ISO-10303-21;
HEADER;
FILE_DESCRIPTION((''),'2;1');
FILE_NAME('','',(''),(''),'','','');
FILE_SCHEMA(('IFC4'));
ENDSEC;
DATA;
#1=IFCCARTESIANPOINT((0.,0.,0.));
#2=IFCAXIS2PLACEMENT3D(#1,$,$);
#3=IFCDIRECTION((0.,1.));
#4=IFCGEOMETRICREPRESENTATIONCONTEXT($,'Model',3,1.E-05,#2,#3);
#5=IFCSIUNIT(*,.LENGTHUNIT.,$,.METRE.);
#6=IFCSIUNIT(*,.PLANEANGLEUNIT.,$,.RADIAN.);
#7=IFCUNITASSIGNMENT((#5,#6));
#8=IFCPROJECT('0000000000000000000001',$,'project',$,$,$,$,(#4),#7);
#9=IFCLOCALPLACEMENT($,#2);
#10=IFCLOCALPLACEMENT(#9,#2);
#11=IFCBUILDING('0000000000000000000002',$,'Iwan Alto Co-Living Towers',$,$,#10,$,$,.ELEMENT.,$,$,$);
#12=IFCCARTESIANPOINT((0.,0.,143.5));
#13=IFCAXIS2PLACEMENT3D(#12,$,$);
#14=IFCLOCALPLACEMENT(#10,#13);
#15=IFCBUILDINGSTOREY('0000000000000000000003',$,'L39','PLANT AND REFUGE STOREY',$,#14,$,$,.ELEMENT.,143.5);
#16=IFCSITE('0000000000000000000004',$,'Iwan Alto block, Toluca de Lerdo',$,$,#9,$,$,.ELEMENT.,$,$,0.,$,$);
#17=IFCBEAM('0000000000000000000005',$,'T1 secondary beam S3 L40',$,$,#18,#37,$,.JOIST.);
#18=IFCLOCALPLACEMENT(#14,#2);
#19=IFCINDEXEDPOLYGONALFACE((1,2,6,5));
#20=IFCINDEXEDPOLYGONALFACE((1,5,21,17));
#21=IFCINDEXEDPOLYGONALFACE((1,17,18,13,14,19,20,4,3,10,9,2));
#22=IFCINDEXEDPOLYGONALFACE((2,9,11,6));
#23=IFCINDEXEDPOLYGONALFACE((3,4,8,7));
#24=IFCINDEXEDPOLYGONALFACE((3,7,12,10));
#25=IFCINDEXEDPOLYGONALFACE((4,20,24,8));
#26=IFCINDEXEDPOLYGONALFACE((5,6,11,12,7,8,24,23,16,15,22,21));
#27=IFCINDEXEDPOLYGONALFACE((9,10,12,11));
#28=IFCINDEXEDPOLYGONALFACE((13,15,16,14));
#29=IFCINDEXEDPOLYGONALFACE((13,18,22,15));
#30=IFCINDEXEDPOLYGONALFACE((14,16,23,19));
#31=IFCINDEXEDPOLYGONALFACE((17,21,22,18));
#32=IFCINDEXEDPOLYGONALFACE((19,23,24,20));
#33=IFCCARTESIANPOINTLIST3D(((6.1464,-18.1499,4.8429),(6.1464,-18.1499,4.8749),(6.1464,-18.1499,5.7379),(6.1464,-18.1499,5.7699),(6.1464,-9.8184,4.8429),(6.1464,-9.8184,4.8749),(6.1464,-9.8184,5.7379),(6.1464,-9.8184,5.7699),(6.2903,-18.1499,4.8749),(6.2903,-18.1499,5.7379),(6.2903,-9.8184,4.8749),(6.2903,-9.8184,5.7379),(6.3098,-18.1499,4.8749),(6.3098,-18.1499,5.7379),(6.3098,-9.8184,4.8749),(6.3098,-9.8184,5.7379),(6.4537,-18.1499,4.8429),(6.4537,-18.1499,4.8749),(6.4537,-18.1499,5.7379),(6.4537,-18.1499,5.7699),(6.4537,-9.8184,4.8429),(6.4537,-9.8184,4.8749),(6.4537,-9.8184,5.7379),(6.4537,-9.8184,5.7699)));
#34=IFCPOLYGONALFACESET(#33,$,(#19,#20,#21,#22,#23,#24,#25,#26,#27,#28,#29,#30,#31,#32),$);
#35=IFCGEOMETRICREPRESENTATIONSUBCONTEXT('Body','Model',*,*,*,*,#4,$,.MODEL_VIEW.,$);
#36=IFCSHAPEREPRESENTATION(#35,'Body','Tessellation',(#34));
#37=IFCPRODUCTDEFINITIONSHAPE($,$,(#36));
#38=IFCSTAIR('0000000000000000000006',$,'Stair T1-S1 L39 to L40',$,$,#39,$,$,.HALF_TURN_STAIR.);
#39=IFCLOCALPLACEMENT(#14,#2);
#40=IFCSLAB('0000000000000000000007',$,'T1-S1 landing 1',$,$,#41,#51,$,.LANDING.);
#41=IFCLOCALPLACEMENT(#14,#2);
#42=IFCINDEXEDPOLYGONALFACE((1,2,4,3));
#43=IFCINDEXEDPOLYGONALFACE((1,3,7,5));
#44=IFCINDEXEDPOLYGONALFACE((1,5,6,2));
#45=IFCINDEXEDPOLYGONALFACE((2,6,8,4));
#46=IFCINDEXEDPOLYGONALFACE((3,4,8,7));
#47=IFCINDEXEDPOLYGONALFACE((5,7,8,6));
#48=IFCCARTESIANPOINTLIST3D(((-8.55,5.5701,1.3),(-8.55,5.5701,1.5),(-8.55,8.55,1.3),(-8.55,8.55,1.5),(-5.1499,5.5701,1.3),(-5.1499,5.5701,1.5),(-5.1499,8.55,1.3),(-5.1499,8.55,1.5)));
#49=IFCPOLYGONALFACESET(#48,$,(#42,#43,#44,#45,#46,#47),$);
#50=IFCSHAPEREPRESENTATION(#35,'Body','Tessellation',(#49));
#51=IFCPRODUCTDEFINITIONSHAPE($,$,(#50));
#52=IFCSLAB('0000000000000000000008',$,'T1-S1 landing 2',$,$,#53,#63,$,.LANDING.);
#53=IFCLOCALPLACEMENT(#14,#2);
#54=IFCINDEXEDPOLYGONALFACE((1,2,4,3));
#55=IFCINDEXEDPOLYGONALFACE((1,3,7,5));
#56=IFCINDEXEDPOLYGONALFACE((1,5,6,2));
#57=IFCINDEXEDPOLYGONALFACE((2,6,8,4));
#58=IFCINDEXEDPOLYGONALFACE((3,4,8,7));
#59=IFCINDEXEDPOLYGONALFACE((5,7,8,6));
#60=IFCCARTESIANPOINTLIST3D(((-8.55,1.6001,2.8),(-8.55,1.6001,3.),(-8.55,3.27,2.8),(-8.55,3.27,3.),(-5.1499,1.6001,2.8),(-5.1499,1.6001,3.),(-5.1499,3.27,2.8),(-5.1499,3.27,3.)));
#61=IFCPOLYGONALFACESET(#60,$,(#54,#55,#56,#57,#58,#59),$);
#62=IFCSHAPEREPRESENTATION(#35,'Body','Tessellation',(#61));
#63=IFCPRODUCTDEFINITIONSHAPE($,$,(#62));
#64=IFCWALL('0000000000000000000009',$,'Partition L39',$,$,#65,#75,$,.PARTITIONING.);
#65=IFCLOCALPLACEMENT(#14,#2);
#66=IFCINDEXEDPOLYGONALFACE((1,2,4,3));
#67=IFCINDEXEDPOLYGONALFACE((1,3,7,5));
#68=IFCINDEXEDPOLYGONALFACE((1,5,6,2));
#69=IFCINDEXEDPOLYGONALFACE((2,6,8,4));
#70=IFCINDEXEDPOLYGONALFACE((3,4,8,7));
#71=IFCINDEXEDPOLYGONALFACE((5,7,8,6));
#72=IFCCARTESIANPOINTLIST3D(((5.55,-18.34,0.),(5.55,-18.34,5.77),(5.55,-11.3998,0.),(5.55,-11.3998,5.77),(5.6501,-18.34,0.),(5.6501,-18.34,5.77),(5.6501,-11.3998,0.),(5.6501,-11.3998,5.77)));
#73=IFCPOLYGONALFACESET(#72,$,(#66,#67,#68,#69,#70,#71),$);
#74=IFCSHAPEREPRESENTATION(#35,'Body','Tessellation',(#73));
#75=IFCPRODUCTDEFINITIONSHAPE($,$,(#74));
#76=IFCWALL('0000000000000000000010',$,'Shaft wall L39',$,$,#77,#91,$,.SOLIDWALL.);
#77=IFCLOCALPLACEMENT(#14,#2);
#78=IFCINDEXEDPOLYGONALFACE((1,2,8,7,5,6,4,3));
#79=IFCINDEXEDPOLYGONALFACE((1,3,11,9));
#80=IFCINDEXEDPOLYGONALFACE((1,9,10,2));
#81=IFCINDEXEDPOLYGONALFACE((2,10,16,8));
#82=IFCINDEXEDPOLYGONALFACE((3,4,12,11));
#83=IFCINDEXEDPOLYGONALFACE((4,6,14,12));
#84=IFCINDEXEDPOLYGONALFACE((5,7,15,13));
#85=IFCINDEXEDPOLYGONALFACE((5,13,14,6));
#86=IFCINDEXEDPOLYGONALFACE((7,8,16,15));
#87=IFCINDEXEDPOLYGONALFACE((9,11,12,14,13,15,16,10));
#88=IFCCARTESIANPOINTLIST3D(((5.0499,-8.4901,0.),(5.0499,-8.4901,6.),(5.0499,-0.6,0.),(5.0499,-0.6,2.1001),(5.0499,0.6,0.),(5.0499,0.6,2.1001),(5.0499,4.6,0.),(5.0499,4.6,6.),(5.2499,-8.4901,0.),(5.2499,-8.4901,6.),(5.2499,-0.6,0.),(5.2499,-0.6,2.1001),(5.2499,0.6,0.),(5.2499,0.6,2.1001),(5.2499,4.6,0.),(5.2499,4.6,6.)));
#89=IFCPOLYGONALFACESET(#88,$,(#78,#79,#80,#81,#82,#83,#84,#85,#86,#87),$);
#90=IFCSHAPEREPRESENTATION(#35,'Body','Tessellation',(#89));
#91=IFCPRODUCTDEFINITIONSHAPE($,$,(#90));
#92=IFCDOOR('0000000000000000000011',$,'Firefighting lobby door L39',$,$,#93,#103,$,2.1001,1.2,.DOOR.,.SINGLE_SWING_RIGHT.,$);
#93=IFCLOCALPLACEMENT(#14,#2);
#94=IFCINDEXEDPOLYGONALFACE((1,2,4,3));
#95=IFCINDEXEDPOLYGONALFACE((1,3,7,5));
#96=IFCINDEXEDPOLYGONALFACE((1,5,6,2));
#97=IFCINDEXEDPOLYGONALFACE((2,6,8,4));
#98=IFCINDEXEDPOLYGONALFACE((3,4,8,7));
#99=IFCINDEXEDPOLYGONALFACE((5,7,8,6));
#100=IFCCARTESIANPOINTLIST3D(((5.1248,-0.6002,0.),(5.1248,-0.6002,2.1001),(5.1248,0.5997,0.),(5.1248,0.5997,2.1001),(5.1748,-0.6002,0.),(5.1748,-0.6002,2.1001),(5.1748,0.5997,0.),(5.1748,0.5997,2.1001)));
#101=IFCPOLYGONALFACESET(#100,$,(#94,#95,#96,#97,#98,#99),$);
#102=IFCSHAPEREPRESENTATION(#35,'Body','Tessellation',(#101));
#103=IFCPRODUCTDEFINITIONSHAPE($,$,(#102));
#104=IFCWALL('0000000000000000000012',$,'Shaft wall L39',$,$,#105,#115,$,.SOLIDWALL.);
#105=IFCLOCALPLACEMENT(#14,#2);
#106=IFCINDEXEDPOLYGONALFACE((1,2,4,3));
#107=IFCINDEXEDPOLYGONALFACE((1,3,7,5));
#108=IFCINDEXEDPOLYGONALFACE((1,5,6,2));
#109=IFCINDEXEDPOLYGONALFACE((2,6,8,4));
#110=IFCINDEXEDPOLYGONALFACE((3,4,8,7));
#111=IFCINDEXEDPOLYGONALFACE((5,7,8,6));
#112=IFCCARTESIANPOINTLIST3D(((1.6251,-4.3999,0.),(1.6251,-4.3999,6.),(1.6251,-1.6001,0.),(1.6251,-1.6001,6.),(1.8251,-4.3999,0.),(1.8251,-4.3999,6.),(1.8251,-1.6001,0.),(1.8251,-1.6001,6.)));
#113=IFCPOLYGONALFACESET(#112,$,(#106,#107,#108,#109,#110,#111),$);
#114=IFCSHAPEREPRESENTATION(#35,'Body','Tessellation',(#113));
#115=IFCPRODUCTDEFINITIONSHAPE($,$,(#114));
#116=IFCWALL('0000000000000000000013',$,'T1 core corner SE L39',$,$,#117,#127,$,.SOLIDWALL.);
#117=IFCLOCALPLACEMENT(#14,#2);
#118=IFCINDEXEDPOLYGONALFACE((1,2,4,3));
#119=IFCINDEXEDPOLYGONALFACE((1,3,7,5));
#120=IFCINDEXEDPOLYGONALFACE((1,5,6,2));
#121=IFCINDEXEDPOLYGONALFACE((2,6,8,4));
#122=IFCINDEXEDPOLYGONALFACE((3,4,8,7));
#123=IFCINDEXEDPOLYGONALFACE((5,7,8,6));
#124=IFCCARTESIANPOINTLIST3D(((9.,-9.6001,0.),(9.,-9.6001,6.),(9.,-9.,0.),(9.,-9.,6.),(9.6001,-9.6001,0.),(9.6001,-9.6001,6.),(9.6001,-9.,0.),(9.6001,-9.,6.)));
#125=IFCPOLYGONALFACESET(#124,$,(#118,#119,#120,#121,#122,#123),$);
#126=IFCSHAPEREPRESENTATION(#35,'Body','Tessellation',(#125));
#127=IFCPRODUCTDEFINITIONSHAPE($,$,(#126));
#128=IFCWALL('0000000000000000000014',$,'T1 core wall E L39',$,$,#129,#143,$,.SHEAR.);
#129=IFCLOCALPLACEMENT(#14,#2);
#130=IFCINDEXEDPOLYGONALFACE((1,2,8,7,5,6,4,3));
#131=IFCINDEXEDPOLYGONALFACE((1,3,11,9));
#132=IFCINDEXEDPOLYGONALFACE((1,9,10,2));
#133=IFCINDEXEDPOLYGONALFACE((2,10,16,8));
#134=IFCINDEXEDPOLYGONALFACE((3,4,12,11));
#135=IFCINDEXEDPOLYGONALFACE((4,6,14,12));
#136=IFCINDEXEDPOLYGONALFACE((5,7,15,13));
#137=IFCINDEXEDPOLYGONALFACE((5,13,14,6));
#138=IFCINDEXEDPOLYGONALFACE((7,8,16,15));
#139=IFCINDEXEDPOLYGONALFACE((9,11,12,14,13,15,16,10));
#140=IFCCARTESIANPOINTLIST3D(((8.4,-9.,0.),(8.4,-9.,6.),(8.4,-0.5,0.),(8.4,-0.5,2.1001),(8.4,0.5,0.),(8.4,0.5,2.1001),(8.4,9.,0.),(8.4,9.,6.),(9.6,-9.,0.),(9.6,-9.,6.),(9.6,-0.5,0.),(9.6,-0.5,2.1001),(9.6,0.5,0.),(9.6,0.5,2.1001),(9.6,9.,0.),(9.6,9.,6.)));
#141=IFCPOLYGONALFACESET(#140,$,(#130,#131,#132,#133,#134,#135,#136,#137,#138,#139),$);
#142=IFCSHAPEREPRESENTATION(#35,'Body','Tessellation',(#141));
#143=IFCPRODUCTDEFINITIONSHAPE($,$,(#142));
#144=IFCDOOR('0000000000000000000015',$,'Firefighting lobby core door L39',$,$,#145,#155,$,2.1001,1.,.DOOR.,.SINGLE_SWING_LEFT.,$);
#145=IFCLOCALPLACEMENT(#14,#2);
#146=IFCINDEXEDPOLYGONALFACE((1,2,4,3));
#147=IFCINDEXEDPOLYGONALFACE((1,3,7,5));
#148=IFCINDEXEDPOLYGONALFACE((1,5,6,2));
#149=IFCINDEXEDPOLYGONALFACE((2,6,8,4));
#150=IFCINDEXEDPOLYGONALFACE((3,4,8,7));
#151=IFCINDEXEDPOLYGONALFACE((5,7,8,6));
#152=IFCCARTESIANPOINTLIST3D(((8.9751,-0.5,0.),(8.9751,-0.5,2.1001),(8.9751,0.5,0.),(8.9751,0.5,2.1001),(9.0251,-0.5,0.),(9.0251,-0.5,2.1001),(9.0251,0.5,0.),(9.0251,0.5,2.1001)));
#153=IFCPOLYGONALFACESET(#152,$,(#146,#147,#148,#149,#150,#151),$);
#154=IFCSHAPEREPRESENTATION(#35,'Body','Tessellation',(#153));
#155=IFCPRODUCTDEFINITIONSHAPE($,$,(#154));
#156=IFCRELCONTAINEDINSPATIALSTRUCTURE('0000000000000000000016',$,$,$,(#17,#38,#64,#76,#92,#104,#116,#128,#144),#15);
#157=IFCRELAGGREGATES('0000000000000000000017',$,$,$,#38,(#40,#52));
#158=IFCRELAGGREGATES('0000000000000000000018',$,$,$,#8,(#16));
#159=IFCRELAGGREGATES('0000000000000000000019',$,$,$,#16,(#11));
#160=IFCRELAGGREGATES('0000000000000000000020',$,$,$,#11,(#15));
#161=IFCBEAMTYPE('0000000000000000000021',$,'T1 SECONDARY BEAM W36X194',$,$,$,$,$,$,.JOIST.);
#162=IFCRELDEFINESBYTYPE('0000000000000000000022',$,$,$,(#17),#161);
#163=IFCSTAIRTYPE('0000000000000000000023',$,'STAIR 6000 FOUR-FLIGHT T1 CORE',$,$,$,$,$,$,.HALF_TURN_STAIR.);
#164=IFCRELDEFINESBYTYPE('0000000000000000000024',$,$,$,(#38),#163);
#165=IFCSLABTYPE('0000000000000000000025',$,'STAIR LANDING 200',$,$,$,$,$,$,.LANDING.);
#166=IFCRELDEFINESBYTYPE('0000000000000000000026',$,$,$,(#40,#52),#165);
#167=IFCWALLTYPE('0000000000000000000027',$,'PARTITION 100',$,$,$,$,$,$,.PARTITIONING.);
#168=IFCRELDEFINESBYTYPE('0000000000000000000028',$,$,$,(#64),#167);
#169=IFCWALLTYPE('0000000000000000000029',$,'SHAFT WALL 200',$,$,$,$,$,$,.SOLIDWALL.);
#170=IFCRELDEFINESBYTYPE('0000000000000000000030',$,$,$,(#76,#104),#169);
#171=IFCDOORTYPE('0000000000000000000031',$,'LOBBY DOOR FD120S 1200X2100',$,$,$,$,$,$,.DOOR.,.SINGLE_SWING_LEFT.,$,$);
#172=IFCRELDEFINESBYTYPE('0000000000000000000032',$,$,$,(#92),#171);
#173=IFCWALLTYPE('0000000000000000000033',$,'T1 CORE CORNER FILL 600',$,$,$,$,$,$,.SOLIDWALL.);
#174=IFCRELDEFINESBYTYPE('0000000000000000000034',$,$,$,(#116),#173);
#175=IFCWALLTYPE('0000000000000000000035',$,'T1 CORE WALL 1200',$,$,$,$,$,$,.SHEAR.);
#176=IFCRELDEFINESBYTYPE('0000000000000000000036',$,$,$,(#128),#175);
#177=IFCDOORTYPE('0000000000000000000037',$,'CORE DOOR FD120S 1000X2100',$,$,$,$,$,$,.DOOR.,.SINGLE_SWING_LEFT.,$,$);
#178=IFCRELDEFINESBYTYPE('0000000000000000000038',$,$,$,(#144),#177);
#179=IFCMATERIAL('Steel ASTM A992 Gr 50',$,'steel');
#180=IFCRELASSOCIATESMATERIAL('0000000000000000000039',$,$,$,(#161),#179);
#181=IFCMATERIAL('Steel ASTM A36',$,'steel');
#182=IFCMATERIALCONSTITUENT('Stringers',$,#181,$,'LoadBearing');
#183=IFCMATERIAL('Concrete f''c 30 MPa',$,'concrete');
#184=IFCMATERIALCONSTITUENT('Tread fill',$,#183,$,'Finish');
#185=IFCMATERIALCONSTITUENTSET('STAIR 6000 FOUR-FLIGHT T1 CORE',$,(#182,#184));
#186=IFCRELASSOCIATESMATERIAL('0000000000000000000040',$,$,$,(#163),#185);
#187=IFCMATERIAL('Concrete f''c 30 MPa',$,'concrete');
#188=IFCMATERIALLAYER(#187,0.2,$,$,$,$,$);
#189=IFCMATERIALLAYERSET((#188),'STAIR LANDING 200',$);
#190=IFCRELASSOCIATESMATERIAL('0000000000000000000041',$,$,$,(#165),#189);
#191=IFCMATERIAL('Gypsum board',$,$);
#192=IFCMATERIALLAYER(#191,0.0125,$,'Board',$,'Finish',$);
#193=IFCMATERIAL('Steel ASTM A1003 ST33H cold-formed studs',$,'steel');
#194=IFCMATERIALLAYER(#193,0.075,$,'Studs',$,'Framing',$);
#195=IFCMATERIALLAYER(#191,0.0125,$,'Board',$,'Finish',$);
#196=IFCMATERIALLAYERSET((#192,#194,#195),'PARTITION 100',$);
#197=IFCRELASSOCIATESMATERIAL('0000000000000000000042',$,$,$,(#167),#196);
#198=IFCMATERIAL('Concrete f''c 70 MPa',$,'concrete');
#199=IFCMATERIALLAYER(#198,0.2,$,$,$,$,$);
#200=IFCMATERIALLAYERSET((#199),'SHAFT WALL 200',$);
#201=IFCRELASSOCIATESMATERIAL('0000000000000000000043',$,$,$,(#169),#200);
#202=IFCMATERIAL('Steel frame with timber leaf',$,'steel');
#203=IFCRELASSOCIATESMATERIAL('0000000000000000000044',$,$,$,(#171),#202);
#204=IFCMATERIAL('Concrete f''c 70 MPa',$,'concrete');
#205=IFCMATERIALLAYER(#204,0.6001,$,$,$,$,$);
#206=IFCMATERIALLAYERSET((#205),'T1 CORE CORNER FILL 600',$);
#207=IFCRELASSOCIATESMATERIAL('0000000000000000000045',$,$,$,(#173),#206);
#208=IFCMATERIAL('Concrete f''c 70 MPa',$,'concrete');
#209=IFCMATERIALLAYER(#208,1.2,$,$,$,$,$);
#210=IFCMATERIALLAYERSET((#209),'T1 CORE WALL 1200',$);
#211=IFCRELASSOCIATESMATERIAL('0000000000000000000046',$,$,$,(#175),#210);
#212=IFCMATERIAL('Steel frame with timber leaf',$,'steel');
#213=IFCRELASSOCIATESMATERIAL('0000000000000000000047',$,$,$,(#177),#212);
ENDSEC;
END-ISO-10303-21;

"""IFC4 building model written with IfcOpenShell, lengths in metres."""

from ifc_helpers import new_model, si_unit, direction, frame, frame_2d, origin, origin_2d, place, context, subcontext, project, spatial, polyline, rectangle, i_section, outline, extrude, material, layer, layer_set, constituent, constituent_set, material_profile, profile_set, type_object, element, fill, aggregate, save


model = new_model("IFC4")

# Units and contexts
model_context = context("Model", 3, precision=1e-05, world=origin(), true_north=direction((0.0, 1.0)))
body_context = subcontext(model_context, "Body", "Model", "MODEL_VIEW")
ifc_project = project(units=[si_unit("LENGTHUNIT", "METRE"), si_unit("PLANEANGLEUNIT", "RADIAN")], contexts=[model_context])

# Site, building, storey
site_placement = place(None, origin())
site = spatial("IfcSite", under=ifc_project, at=site_placement, Name="Iwan Alto block, Toluca de Lerdo", CompositionType="ELEMENT", RefElevation=0.0)
building_placement = place(site_placement, origin())
building = spatial("IfcBuilding", under=site, at=building_placement, Name="Iwan Alto Co-Living Towers", CompositionType="ELEMENT")
storey_placement = place(building_placement, frame((0.0, 0.0, 143.5)))
storey = spatial("IfcBuildingStorey", under=building, at=storey_placement, Name="L39", Description="PLANT AND REFUGE STOREY", CompositionType="ELEMENT", Elevation=143.5)

# Beam
ifc_material_1 = material(Name="Steel ASTM A992 Gr 50", Category="steel")
ifc_material_profile_1 = material_profile(ifc_material_1, i_section(OverallWidth=0.3074, OverallDepth=0.927, WebThickness=0.0195, FlangeThickness=0.032, at=origin_2d()), Name="W36X194")
ifc_profile_set_1 = profile_set([ifc_material_profile_1], Name="Steel ASTM A992 Gr 50")
beam_type_1 = type_object("IfcBeamType", Name="T1 SECONDARY BEAM W36X194", PredefinedType="JOIST", material=ifc_profile_set_1)
beam_1_placement = place(storey_placement, frame((6.3, -18.1499, 5.3064), z_axis=(0.0, 1.0, 0.0), x_axis=(-1.0, 0.0, 0.0)))
element("IfcBeam", 1, at=beam_1_placement, inside=storey, type_object=beam_type_1, Name="T1 secondary beam S3 L40", PredefinedType="JOIST", context=body_context, shape_type="SweptSolid", body=[
    extrude(i_section(OverallWidth=0.3074, OverallDepth=0.927, WebThickness=0.0195, FlangeThickness=0.032, at=origin_2d()), origin(), (0.0, 0.0, 1.0), 8.3315),
])

# Stair, slabs
ifc_material_2 = material(Name="Steel ASTM A36", Category="steel")
ifc_constituent_1 = constituent(ifc_material_2, Name="Stringers", Category="LoadBearing")
ifc_material_3 = material(Name="Concrete f'c 30 MPa", Category="concrete")
ifc_constituent_2 = constituent(ifc_material_3, Name="Tread fill", Category="Finish")
ifc_constituent_set_1 = constituent_set(constituents=[ifc_constituent_1, ifc_constituent_2], Name="STAIR 6000 FOUR-FLIGHT T1 CORE")
stair_type = type_object("IfcStairType", Name="STAIR 6000 FOUR-FLIGHT T1 CORE", PredefinedType="HALF_TURN_STAIR", material=ifc_constituent_set_1)
stair_1_placement = place(storey_placement, origin())
stair_1 = element("IfcStair", 2, at=stair_1_placement, inside=storey, type_object=stair_type, Name="Stair T1-S1 L39 to L40", PredefinedType="HALF_TURN_STAIR")
ifc_material_4 = material(Name="Concrete f'c 30 MPa", Category="concrete")
ifc_layer_1 = layer(ifc_material_4, 0.2)
ifc_layer_set_1 = layer_set([ifc_layer_1], Name="STAIR LANDING 200")
slab_type = type_object("IfcSlabType", Name="STAIR LANDING 200", PredefinedType="LANDING", material=ifc_layer_set_1)
slab_1_placement = place(storey_placement, frame((0.0, 0.0, 1.3)))
slab_1 = element("IfcSlab", 3, at=slab_1_placement, type_object=slab_type, Name="T1-S1 landing 1", PredefinedType="LANDING", context=body_context, shape_type="SweptSolid", body=[
    extrude(outline(polyline([(-8.55, 5.5701), (-8.55, 8.55), (-5.1499, 8.55), (-5.1499, 5.5701), (-8.55, 5.5701)])), origin(), (0.0, 0.0, 1.0), 0.2),
])
slab_2_placement = place(storey_placement, frame((0.0, 0.0, 2.8)))
slab_2 = element("IfcSlab", 4, at=slab_2_placement, type_object=slab_type, Name="T1-S1 landing 2", PredefinedType="LANDING", context=body_context, shape_type="SweptSolid", body=[
    extrude(outline(polyline([(-8.55, 1.6001), (-8.55, 3.27), (-5.1499, 3.27), (-5.1499, 1.6001), (-8.55, 1.6001)])), origin(), (0.0, 0.0, 1.0), 0.2),
])
aggregate(stair_1, [slab_1, slab_2])

# Wall
ifc_material_5 = material(Name="Gypsum board")
ifc_layer_2 = layer(ifc_material_5, 0.0125, Name="Board", Category="Finish")
ifc_material_6 = material(Name="Steel ASTM A1003 ST33H cold-formed studs", Category="steel")
ifc_layer_3 = layer(ifc_material_6, 0.075, Name="Studs", Category="Framing")
ifc_layer_4 = layer(ifc_material_5, 0.0125, Name="Board", Category="Finish")
ifc_layer_set_2 = layer_set([ifc_layer_2, ifc_layer_3, ifc_layer_4], Name="PARTITION 100")
wall_type_1 = type_object("IfcWallType", Name="PARTITION 100", PredefinedType="PARTITIONING", material=ifc_layer_set_2)
wall_1_placement = place(storey_placement, frame((5.6001, -18.3401, 0.0), z_axis=(0.0, 0.0, 1.0), x_axis=(0.0, 1.0, 0.0)))
element("IfcWall", 5, at=wall_1_placement, inside=storey, type_object=wall_type_1, Name="Partition L39", PredefinedType="PARTITIONING", context=body_context, shape_type="SweptSolid", body=[
    extrude(rectangle(XDim=6.9402, YDim=0.1001, at=frame_2d((3.4702, 0.0))), origin(), (0.0, 0.0, 1.0), 5.77),
])

# Wall, opening, door
ifc_material_7 = material(Name="Concrete f'c 70 MPa", Category="concrete")
ifc_layer_5 = layer(ifc_material_7, 0.2)
ifc_layer_set_3 = layer_set([ifc_layer_5], Name="SHAFT WALL 200")
wall_type_2 = type_object("IfcWallType", Name="SHAFT WALL 200", PredefinedType="SOLIDWALL", material=ifc_layer_set_3)
wall_2_placement = place(storey_placement, frame((5.1499, -8.49, 0.0), z_axis=(0.0, 0.0, 1.0), x_axis=(0.0, 1.0, 0.0)))
wall_2 = element("IfcWall", 6, at=wall_2_placement, inside=storey, type_object=wall_type_2, Name="Shaft wall L39", PredefinedType="SOLIDWALL", context=body_context, shape_type="SweptSolid", body=[
    extrude(rectangle(XDim=13.0901, YDim=0.2, at=frame_2d((6.5449, 0.0))), origin(), (0.0, 0.0, 1.0), 6.0),
])
opening_1_placement = place(wall_2_placement, frame((7.8899, 0.0, 0.0)))
opening_1 = element("IfcOpeningElement", 7, at=opening_1_placement, cuts=wall_2, PredefinedType="OPENING", context=body_context, shape_type="SweptSolid", body=[
    extrude(rectangle(XDim=1.2, YDim=2.1001, at=frame_2d((0.6001, 1.05))), frame((0.0, 0.1099, 0.0), z_axis=(0.0, -1.0, 0.0), x_axis=(1.0, 0.0, 0.0)), (0.0, 0.0, 1.0), 0.22),
])
ifc_material_8 = material(Name="Steel frame with timber leaf", Category="steel")
door_type_1 = type_object("IfcDoorType", Name="LOBBY DOOR FD120S 1200X2100", OperationType="SINGLE_SWING_LEFT", PredefinedType="DOOR", material=ifc_material_8)
door_1_placement = place(opening_1_placement, frame((1.2, 0.0, 0.0), z_axis=(0.0, 0.0, 1.0), x_axis=(-1.0, 0.0, 0.0)))
door_1 = element("IfcDoor", 8, at=door_1_placement, inside=storey, type_object=door_type_1, Name="Firefighting lobby door L39", OperationType="SINGLE_SWING_RIGHT", OverallHeight=2.1001, OverallWidth=1.2, PredefinedType="DOOR", context=body_context, shape_type="SweptSolid", body=[
    extrude(rectangle(XDim=1.2, YDim=2.1001, at=frame_2d((0.6001, 1.05))), frame((0.0, 0.0249, 0.0), z_axis=(0.0, -1.0, 0.0), x_axis=(1.0, 0.0, 0.0)), (0.0, 0.0, 1.0), 0.05),
])
fill(opening_1, door_1)

# Walls
wall_3_placement = place(storey_placement, frame((1.7251, -4.3999, 0.0), z_axis=(0.0, 0.0, 1.0), x_axis=(0.0, 1.0, 0.0)))
element("IfcWall", 9, at=wall_3_placement, inside=storey, type_object=wall_type_2, Name="Shaft wall L39", PredefinedType="SOLIDWALL", context=body_context, shape_type="SweptSolid", body=[
    extrude(rectangle(XDim=2.7998, YDim=0.2, at=frame_2d((1.3999, 0.0))), origin(), (0.0, 0.0, 1.0), 6.0),
])
ifc_material_9 = material(Name="Concrete f'c 70 MPa", Category="concrete")
ifc_layer_6 = layer(ifc_material_9, 0.6001)
ifc_layer_set_4 = layer_set([ifc_layer_6], Name="T1 CORE CORNER FILL 600")
wall_type_3 = type_object("IfcWallType", Name="T1 CORE CORNER FILL 600", PredefinedType="SOLIDWALL", material=ifc_layer_set_4)
wall_4_placement = place(storey_placement, frame((9.0, -9.3, 0.0), z_axis=(0.0, 0.0, 1.0), x_axis=(1.0, 0.0, 0.0)))
element("IfcWall", 10, at=wall_4_placement, inside=storey, type_object=wall_type_3, Name="T1 core corner SE L39", PredefinedType="SOLIDWALL", context=body_context, shape_type="SweptSolid", body=[
    extrude(rectangle(XDim=0.6001, YDim=0.6001, at=frame_2d((0.3, 0.0))), origin(), (0.0, 0.0, 1.0), 6.0),
])

# Wall, opening, door
ifc_material_10 = material(Name="Concrete f'c 70 MPa", Category="concrete")
ifc_layer_7 = layer(ifc_material_10, 1.2)
ifc_layer_set_5 = layer_set([ifc_layer_7], Name="T1 CORE WALL 1200")
wall_type_4 = type_object("IfcWallType", Name="T1 CORE WALL 1200", PredefinedType="SHEAR", material=ifc_layer_set_5)
wall_5_placement = place(storey_placement, frame((9.0, -9.0, 0.0), z_axis=(0.0, 0.0, 1.0), x_axis=(0.0, 1.0, 0.0)))
wall_5 = element("IfcWall", 11, at=wall_5_placement, inside=storey, type_object=wall_type_4, Name="T1 core wall E L39", PredefinedType="SHEAR", context=body_context, shape_type="SweptSolid", body=[
    extrude(rectangle(XDim=18.0, YDim=1.2, at=frame_2d((9.0, 0.0))), origin(), (0.0, 0.0, 1.0), 6.0),
])
opening_2_placement = place(wall_5_placement, frame((8.5, 0.0, 0.0)))
opening_2 = element("IfcOpeningElement", 12, at=opening_2_placement, cuts=wall_5, PredefinedType="OPENING", context=body_context, shape_type="SweptSolid", body=[
    extrude(rectangle(XDim=1.0, YDim=2.1001, at=frame_2d((0.5, 1.05))), frame((0.0, 0.6099, 0.0), z_axis=(0.0, -1.0, 0.0), x_axis=(1.0, 0.0, 0.0)), (0.0, 0.0, 1.0), 1.22),
])
ifc_material_11 = material(Name="Steel frame with timber leaf", Category="steel")
door_type_2 = type_object("IfcDoorType", Name="CORE DOOR FD120S 1000X2100", OperationType="SINGLE_SWING_LEFT", PredefinedType="DOOR", material=ifc_material_11)
door_2_placement = place(opening_2_placement, origin())
door_2 = element("IfcDoor", 13, at=door_2_placement, inside=storey, type_object=door_type_2, Name="Firefighting lobby core door L39", OperationType="SINGLE_SWING_LEFT", OverallHeight=2.1001, OverallWidth=1.0, PredefinedType="DOOR", context=body_context, shape_type="SweptSolid", body=[
    extrude(rectangle(XDim=1.0, YDim=2.1001, at=frame_2d((0.5, 1.05))), frame((0.0, 0.0249, 0.0), z_axis=(0.0, -1.0, 0.0), x_axis=(1.0, 0.0, 0.0)), (0.0, 0.0, 1.0), 0.05),
])
fill(opening_2, door_2)

save(model, "model.ifc")
